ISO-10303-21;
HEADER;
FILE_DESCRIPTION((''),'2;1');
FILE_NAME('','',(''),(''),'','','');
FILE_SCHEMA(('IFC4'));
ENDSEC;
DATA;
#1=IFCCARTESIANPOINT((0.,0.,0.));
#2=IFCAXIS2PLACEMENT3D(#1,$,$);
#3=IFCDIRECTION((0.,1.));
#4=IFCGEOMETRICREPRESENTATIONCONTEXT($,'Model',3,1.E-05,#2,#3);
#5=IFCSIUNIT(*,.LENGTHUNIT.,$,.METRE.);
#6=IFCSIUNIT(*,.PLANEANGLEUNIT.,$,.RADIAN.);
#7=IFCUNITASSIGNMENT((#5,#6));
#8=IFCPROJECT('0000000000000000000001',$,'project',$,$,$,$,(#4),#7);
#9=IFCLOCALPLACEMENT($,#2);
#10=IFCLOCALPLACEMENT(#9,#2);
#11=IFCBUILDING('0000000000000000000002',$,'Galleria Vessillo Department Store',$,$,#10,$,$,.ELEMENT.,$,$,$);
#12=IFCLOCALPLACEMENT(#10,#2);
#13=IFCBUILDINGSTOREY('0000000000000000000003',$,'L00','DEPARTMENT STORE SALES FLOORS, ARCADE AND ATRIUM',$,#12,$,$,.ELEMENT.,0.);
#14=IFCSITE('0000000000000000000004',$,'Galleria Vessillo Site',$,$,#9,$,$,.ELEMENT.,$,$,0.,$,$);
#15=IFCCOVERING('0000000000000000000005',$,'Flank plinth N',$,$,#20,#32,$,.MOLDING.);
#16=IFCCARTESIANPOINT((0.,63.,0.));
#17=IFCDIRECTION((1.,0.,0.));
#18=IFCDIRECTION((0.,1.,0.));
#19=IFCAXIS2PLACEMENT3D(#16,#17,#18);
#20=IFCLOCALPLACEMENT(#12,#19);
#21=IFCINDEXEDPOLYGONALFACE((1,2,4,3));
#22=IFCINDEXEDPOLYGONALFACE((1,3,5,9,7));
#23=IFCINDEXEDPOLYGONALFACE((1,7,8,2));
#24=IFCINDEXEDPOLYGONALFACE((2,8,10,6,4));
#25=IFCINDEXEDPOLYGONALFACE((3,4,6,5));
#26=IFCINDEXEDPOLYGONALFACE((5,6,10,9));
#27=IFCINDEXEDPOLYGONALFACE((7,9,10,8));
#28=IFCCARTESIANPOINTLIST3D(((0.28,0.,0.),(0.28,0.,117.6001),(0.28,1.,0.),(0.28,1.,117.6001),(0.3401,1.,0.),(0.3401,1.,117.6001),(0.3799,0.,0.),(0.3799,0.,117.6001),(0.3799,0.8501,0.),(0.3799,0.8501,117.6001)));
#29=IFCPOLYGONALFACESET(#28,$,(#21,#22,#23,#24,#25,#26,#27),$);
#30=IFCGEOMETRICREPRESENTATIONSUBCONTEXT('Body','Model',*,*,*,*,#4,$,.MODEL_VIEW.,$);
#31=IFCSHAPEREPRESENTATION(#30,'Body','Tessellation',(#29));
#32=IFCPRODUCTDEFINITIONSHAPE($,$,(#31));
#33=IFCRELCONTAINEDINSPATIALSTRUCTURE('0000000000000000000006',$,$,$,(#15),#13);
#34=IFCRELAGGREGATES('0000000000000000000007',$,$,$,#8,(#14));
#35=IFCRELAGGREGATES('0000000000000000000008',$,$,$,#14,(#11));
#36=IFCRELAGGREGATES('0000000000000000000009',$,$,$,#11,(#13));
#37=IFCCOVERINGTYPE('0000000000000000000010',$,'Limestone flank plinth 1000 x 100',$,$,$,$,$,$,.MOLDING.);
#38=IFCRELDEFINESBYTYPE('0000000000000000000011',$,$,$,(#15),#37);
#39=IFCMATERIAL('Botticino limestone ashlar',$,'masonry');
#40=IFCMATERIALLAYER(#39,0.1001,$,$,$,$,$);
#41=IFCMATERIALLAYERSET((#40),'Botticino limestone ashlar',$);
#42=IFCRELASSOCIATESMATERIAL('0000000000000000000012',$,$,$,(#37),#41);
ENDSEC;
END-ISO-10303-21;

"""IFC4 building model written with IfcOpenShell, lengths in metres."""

from ifc_helpers import new_model, si_unit, direction, frame, origin, place, context, subcontext, project, spatial, polyline, outline, extrude, material, layer, layer_set, type_object, element, save


model = new_model("IFC4")

# Units and contexts
model_context = context("Model", 3, precision=1e-05, world=origin(), true_north=direction((0.0, 1.0)))
body_context = subcontext(model_context, "Body", "Model", "MODEL_VIEW")
ifc_project = project(units=[si_unit("LENGTHUNIT", "METRE"), si_unit("PLANEANGLEUNIT", "RADIAN")], contexts=[model_context])

# Site, building, storey
site_placement = place(None, origin())
site = spatial("IfcSite", under=ifc_project, at=site_placement, Name="Galleria Vessillo Site", CompositionType="ELEMENT", RefElevation=0.0)
building_placement = place(site_placement, origin())
building = spatial("IfcBuilding", under=site, at=building_placement, Name="Galleria Vessillo Department Store", CompositionType="ELEMENT")
storey_placement = place(building_placement, origin())
storey = spatial("IfcBuildingStorey", under=building, at=storey_placement, Name="L00", Description="DEPARTMENT STORE SALES FLOORS, ARCADE AND ATRIUM", CompositionType="ELEMENT", Elevation=0.0)

# Covering
ifc_material_1 = material(Name="Botticino limestone ashlar", Category="masonry")
ifc_layer_1 = layer(ifc_material_1, 0.1001)
ifc_layer_set_1 = layer_set([ifc_layer_1], Name="Botticino limestone ashlar")
covering_type_1 = type_object("IfcCoveringType", Name="Limestone flank plinth 1000 x 100", PredefinedType="MOLDING", material=ifc_layer_set_1)
covering_1_placement = place(storey_placement, frame((0.0, 63.0, 0.0), z_axis=(1.0, 0.0, 0.0), x_axis=(0.0, 1.0, 0.0)))
element("IfcCovering", 1, at=covering_1_placement, inside=storey, type_object=covering_type_1, Name="Flank plinth N", PredefinedType="MOLDING", context=body_context, shape_type="SweptSolid", body=[
    extrude(outline(polyline([(0.28, 0.0), (0.3799, 0.0), (0.3799, 0.8501), (0.3401, 1.0), (0.28, 1.0), (0.28, 0.0)])), origin(), (0.0, 0.0, 1.0), 117.6001),
])

save(model, "model.ifc")
